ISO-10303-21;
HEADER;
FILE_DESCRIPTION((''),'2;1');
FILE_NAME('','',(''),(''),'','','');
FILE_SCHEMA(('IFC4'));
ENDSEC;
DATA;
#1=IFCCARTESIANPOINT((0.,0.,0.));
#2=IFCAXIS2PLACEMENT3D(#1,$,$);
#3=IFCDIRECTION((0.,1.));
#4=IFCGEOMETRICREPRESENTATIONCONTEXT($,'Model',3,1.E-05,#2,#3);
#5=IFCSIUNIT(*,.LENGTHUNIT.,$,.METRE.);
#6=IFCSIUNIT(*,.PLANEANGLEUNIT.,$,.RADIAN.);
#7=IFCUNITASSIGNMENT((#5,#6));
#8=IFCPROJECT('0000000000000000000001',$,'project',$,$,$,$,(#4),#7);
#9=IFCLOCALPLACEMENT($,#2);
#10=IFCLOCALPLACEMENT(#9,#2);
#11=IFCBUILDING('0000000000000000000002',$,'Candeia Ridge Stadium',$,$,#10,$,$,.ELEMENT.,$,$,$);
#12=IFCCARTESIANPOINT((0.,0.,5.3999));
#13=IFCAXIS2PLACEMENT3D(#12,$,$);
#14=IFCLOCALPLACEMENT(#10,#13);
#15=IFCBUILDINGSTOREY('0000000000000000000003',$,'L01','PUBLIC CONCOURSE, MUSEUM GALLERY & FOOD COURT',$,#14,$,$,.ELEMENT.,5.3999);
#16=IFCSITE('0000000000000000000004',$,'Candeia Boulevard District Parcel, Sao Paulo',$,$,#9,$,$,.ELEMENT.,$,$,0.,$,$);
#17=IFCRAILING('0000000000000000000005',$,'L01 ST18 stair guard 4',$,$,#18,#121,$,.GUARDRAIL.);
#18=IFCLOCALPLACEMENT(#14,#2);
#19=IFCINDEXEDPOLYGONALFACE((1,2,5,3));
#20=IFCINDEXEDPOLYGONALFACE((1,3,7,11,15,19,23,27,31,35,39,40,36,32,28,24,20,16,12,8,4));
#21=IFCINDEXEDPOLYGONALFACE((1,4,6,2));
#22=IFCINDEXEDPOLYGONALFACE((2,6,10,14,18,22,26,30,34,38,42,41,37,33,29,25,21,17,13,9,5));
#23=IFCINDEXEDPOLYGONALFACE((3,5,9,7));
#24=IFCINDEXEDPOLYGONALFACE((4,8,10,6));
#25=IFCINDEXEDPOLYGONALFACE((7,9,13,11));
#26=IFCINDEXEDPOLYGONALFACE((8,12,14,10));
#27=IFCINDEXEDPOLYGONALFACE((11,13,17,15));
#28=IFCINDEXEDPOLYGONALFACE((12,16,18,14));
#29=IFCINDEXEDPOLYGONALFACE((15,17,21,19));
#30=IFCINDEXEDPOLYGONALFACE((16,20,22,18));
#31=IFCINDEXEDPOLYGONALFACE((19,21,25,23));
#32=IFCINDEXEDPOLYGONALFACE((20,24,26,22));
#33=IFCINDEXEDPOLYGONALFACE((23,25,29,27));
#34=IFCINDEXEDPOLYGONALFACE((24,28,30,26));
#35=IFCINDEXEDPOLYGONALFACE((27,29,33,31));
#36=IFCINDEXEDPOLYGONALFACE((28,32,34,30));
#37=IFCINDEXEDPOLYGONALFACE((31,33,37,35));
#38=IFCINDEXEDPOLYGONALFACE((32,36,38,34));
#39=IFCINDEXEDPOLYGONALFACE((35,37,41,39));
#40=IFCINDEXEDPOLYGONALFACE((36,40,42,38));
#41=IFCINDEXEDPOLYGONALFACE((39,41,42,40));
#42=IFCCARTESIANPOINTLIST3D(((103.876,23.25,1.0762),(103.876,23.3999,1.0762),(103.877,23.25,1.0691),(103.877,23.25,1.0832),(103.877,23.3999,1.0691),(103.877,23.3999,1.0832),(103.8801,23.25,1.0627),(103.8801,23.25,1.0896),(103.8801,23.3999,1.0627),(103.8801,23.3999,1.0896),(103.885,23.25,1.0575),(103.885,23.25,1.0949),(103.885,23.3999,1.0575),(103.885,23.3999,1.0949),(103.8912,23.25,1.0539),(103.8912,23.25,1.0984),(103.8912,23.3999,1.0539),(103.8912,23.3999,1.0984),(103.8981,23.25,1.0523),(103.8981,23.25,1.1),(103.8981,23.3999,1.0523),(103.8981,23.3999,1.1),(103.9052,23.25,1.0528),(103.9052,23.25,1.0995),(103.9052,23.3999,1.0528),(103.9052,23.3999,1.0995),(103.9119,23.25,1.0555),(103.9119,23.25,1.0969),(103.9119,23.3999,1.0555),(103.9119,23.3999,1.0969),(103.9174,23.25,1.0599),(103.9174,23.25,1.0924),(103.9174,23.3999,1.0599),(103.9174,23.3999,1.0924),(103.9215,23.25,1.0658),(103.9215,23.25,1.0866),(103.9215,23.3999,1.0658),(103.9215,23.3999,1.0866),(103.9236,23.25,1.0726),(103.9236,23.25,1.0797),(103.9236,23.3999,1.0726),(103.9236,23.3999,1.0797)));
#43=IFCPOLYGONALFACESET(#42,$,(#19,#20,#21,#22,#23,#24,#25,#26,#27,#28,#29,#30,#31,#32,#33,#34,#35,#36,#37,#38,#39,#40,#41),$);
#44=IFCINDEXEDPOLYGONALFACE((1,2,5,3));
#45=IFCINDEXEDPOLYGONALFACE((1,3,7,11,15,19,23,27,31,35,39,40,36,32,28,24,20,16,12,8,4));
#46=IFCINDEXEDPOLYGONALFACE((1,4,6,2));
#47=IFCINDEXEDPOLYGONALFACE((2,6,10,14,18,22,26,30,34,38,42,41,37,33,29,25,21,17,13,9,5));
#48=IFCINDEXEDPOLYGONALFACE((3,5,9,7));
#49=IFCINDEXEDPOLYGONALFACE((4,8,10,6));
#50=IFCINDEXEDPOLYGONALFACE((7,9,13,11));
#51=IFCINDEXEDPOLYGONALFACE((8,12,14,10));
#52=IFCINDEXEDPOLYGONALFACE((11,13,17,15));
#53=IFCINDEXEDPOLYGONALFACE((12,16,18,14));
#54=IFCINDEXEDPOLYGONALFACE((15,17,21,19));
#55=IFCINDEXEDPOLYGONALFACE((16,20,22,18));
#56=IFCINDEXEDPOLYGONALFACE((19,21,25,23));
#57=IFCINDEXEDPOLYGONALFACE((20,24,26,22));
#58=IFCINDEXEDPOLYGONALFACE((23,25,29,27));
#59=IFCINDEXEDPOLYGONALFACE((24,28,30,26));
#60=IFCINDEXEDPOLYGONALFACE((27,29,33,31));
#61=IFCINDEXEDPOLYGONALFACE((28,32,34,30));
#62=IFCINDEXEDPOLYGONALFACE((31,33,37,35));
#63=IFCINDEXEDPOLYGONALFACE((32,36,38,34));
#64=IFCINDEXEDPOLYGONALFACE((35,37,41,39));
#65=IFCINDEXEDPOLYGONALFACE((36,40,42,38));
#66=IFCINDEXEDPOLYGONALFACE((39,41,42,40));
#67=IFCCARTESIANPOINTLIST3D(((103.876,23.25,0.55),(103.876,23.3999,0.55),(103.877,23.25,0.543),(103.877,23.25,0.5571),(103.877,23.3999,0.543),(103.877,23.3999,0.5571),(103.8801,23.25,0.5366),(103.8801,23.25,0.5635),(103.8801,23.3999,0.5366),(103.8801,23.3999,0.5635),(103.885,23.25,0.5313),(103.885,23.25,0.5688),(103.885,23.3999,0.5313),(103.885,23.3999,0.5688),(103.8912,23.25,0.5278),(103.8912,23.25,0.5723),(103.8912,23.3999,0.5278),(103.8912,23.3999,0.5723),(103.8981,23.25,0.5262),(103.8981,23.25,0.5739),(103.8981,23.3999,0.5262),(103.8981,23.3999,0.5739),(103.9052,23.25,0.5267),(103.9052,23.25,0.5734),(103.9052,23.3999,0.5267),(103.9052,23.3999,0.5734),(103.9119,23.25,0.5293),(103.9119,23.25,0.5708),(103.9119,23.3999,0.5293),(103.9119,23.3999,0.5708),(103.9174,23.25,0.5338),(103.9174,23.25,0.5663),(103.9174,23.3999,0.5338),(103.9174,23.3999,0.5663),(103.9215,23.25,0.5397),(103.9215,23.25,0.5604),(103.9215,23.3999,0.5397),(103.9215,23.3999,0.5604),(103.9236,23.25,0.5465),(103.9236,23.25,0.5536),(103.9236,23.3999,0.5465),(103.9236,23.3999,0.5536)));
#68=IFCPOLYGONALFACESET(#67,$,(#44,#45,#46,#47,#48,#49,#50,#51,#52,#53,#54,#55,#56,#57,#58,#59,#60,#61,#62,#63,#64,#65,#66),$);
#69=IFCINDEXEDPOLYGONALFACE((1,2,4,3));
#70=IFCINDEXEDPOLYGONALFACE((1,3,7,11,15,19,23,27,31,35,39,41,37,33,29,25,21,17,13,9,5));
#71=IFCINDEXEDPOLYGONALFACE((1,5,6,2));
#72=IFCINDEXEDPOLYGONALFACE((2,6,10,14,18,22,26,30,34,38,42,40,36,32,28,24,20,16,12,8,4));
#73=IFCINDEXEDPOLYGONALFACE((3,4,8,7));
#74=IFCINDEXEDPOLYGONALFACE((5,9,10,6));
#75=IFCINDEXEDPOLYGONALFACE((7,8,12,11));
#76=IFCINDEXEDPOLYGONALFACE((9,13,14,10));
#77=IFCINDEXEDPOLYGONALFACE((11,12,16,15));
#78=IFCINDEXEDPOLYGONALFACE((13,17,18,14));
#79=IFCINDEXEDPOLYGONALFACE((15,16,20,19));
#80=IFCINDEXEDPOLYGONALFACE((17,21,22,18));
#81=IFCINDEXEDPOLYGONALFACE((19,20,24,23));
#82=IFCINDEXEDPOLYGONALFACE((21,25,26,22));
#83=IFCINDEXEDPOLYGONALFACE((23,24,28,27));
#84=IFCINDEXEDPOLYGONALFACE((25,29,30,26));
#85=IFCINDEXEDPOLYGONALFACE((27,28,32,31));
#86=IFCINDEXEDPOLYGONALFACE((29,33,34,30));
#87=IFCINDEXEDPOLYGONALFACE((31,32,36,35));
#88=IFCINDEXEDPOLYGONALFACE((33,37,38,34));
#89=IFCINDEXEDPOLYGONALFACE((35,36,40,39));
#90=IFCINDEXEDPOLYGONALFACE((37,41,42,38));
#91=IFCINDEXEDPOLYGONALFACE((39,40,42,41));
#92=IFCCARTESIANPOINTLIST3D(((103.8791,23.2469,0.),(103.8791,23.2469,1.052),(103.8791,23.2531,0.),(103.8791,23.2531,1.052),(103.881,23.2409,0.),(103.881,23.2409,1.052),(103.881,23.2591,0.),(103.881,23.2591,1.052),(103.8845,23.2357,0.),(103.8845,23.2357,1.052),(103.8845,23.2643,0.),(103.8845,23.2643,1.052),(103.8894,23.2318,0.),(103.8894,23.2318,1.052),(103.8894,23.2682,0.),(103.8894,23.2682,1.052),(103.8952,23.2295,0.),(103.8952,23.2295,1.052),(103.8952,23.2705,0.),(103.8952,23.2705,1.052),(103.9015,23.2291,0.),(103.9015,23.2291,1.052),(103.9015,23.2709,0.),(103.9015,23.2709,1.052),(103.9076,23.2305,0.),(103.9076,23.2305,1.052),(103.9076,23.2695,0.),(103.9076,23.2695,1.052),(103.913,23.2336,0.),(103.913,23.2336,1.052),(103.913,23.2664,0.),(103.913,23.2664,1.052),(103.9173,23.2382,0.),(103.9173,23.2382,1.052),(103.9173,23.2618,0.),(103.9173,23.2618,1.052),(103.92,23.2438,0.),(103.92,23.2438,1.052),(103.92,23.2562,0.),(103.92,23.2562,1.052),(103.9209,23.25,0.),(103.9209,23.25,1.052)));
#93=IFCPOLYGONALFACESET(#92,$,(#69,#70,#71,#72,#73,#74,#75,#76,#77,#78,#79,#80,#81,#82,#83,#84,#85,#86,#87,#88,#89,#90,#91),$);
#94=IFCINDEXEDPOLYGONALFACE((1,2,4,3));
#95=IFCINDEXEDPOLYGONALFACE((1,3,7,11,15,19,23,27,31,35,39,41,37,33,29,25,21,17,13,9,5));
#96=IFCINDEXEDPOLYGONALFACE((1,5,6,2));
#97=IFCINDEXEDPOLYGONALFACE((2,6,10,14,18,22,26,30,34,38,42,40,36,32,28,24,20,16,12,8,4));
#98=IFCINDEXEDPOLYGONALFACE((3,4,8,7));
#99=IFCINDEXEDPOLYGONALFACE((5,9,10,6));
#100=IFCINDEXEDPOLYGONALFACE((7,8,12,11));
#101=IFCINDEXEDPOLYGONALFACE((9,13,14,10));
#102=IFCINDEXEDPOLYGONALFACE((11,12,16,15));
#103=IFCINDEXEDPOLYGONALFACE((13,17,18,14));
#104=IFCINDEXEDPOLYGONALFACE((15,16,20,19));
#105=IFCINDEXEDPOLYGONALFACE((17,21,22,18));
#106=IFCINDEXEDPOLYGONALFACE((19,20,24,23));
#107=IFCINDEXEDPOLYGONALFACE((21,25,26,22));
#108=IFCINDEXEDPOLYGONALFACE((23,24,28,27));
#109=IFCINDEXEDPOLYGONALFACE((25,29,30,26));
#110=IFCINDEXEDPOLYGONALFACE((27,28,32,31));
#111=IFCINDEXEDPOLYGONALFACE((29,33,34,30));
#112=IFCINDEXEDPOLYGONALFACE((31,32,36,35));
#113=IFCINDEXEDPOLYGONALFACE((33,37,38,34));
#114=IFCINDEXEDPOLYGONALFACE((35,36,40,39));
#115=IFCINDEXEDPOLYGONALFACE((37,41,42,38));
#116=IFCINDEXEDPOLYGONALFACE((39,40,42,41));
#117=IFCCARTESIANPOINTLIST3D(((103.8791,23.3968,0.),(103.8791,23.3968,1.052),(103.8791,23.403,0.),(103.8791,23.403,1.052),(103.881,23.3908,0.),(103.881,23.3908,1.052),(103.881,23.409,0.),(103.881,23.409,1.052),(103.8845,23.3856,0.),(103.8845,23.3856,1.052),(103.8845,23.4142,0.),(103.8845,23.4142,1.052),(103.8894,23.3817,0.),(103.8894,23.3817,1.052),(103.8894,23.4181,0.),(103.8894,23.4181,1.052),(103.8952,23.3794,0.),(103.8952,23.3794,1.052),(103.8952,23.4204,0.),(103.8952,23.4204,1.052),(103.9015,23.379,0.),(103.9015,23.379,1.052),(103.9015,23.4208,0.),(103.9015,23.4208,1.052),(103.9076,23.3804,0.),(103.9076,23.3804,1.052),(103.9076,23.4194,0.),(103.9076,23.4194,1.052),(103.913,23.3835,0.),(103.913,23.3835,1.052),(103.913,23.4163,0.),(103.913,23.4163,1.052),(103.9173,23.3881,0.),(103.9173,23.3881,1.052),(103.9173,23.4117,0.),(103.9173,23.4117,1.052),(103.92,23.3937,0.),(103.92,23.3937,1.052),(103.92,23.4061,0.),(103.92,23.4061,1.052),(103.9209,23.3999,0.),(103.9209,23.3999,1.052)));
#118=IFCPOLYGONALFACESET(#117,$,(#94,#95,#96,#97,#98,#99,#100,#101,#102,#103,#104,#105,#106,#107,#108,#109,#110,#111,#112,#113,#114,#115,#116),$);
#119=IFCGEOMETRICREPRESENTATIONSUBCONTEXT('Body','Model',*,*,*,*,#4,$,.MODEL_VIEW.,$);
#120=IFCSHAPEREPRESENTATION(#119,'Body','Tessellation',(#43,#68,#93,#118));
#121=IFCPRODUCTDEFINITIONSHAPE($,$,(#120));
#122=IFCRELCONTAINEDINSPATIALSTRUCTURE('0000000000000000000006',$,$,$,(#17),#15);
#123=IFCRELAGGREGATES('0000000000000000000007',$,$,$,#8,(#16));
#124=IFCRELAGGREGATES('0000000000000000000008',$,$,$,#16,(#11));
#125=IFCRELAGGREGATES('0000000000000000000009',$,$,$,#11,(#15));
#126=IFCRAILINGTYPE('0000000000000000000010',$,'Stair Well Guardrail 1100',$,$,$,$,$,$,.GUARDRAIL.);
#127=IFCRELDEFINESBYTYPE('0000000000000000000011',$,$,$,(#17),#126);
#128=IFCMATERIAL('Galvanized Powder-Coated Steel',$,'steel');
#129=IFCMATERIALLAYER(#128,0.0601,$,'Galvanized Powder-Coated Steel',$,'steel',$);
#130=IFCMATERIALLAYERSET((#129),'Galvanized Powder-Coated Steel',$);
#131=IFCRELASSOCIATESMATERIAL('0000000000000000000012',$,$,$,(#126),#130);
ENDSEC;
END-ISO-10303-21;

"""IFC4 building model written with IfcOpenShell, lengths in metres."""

from ifc_helpers import new_model, si_unit, direction, frame, origin, origin_2d, place, context, subcontext, project, spatial, circle, extrude, material, layer, layer_set, type_object, element, save


model = new_model("IFC4")

# Units and contexts
model_context = context("Model", 3, precision=1e-05, world=origin(), true_north=direction((0.0, 1.0)))
body_context = subcontext(model_context, "Body", "Model", "MODEL_VIEW")
ifc_project = project(units=[si_unit("LENGTHUNIT", "METRE"), si_unit("PLANEANGLEUNIT", "RADIAN")], contexts=[model_context])

# Site, building, storey
site_placement = place(None, origin())
site = spatial("IfcSite", under=ifc_project, at=site_placement, Name="Candeia Boulevard District Parcel, Sao Paulo", CompositionType="ELEMENT", RefElevation=0.0)
building_placement = place(site_placement, origin())
building = spatial("IfcBuilding", under=site, at=building_placement, Name="Candeia Ridge Stadium", CompositionType="ELEMENT")
storey_placement = place(building_placement, frame((0.0, 0.0, 5.3999)))
storey = spatial("IfcBuildingStorey", under=building, at=storey_placement, Name="L01", Description="PUBLIC CONCOURSE, MUSEUM GALLERY & FOOD COURT", CompositionType="ELEMENT", Elevation=5.3999)

# Railing
ifc_material_1 = material(Name="Galvanized Powder-Coated Steel", Category="steel")
ifc_layer_1 = layer(ifc_material_1, 0.0601, Name="Galvanized Powder-Coated Steel", Category="steel")
ifc_layer_set_1 = layer_set([ifc_layer_1], Name="Galvanized Powder-Coated Steel")
railing_type_1 = type_object("IfcRailingType", Name="Stair Well Guardrail 1100", PredefinedType="GUARDRAIL", material=ifc_layer_set_1)
railing_1_placement = place(storey_placement, frame((103.8999, 23.25, 0.0)))
element("IfcRailing", 1, at=railing_1_placement, inside=storey, type_object=railing_type_1, Name="L01 ST18 stair guard 4", PredefinedType="GUARDRAIL", context=body_context, shape_type="SweptSolid", body=[
    extrude(circle(Radius=0.0239, at=origin_2d()), frame((0.0, 0.0, 1.0762), z_axis=(0.0, 1.0, 0.0), x_axis=(-1.0, 0.0, 0.0)), (0.0, 0.0, 1.0), 0.1499),
    extrude(circle(Radius=0.0239, at=origin_2d()), frame((0.0, 0.0, 0.55), z_axis=(0.0, 1.0, 0.0), x_axis=(-1.0, 0.0, 0.0)), (0.0, 0.0, 1.0), 0.1499),
    extrude(circle(Radius=0.021, at=origin_2d()), origin(), (0.0, 0.0, 1.0), 1.052),
    extrude(circle(Radius=0.021, at=origin_2d()), frame((0.0, 0.1499, 0.0)), (0.0, 0.0, 1.0), 1.052),
])

save(model, "model.ifc")
